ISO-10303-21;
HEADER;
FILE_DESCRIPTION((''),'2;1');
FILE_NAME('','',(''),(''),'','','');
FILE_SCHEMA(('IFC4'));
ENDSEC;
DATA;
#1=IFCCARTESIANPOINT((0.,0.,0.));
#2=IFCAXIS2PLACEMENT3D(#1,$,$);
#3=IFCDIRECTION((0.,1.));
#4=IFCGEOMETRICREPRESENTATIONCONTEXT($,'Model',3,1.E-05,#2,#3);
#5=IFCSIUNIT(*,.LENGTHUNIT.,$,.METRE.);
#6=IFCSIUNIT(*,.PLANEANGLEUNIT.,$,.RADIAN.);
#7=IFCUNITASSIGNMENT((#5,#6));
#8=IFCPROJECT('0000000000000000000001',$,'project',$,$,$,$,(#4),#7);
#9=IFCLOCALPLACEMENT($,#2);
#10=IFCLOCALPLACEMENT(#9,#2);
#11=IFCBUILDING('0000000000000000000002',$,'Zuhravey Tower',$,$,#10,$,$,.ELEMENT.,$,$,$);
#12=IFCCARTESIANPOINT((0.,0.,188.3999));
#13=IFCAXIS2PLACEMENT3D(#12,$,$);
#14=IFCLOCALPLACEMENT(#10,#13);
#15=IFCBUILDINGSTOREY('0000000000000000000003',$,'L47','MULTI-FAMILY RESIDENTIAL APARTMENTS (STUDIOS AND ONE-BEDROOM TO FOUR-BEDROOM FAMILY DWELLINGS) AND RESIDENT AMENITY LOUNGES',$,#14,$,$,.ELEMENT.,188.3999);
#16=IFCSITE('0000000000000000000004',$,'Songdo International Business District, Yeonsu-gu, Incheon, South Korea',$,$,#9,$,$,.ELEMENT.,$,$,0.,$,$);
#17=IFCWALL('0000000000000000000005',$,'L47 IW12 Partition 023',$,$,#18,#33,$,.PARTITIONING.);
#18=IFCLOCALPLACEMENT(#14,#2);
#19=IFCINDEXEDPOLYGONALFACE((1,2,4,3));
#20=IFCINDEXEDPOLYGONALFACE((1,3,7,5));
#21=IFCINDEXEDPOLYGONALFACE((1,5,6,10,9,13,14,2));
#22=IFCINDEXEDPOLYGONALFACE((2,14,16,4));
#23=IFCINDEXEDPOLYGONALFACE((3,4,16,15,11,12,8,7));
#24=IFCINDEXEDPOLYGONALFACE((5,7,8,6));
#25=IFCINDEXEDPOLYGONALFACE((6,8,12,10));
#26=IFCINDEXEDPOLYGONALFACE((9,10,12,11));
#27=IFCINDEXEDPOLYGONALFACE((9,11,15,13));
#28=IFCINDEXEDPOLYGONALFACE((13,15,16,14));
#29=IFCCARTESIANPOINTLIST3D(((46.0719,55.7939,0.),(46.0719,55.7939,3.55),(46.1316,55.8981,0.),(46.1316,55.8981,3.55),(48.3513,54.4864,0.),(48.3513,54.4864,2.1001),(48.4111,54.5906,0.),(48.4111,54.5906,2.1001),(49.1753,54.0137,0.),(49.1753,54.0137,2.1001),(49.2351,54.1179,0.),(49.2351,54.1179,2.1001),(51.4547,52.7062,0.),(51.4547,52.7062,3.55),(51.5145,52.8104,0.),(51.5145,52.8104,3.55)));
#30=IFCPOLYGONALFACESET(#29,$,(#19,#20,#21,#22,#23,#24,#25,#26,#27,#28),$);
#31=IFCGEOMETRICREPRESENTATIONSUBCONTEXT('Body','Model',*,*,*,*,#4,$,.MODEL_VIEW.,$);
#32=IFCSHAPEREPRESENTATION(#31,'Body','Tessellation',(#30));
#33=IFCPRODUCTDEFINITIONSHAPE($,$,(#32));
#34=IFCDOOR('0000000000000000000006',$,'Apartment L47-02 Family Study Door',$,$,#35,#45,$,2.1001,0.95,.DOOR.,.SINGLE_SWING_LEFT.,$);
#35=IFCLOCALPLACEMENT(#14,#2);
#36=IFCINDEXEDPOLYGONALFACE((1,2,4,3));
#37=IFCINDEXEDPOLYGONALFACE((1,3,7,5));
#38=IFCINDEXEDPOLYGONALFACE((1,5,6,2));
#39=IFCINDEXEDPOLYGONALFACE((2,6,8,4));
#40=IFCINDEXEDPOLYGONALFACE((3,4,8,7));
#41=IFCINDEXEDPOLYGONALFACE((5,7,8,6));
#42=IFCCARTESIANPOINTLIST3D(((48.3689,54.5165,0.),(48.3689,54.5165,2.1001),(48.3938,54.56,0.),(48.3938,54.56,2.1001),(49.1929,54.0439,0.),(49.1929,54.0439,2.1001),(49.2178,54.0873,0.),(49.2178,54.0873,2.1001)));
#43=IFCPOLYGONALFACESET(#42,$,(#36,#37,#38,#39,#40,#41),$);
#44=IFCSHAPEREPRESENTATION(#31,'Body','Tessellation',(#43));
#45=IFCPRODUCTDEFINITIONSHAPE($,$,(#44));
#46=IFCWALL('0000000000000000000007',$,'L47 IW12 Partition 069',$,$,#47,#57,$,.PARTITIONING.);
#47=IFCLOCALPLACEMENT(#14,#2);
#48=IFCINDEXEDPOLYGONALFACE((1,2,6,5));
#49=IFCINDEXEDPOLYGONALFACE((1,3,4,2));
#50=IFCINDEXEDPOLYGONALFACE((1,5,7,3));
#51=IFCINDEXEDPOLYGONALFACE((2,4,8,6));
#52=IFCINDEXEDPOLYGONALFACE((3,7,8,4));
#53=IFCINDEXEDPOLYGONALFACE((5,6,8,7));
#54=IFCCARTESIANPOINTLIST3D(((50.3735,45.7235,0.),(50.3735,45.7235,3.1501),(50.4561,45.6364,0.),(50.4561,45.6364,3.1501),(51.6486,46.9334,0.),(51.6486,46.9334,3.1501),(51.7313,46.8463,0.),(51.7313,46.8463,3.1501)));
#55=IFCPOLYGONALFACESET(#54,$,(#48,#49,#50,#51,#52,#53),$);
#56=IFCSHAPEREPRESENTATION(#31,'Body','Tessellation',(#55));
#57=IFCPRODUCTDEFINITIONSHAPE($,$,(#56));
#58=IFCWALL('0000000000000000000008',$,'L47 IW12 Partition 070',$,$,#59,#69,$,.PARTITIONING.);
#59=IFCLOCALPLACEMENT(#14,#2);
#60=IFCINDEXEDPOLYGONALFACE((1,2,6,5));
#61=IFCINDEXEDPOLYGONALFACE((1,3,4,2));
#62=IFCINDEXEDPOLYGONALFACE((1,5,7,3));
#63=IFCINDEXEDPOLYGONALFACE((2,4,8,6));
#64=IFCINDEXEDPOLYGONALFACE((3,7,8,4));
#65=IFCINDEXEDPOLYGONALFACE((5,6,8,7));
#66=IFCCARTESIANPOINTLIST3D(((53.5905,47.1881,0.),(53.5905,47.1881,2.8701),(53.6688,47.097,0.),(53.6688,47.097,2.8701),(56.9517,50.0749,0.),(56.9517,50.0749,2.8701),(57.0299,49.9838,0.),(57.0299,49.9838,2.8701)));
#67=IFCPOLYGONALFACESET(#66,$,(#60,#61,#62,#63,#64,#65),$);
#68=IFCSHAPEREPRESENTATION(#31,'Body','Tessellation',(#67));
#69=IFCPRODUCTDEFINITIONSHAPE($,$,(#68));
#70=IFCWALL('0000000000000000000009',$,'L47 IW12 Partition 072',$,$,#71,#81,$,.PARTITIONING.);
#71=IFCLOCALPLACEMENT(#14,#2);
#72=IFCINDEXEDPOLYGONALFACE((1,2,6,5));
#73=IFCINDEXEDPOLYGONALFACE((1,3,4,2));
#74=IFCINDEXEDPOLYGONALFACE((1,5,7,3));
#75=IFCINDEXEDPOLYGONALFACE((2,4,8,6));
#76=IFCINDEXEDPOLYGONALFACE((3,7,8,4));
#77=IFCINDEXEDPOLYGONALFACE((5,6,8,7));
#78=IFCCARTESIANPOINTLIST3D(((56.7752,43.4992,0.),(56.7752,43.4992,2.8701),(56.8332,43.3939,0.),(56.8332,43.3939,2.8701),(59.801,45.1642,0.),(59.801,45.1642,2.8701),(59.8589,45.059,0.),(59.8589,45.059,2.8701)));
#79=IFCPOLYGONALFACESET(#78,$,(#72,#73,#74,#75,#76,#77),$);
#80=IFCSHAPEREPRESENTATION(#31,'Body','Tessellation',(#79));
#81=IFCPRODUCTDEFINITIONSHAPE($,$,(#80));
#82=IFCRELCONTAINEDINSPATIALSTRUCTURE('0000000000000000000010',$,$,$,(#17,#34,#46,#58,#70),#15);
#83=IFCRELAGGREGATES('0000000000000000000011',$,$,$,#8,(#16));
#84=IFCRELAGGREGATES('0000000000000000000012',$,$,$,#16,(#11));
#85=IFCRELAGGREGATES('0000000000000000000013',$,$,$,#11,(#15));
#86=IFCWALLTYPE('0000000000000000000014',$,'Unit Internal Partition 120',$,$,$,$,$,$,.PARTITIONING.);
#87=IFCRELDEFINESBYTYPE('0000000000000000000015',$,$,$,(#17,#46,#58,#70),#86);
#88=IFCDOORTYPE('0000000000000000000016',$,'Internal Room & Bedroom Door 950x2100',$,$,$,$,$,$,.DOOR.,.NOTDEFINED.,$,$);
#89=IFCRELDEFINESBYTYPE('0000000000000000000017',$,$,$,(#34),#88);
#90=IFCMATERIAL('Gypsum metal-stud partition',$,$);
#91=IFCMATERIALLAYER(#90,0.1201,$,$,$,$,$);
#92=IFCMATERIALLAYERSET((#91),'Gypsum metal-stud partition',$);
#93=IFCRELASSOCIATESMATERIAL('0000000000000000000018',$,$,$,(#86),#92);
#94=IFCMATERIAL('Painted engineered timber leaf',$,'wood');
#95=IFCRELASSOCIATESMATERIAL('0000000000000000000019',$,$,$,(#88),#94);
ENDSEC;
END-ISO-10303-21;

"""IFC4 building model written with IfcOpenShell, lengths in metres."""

from ifc_helpers import new_model, si_unit, direction, frame, frame_2d, origin, place, context, subcontext, project, spatial, rectangle, extrude, material, layer, layer_set, type_object, element, fill, save


model = new_model("IFC4")

# Units and contexts
model_context = context("Model", 3, precision=1e-05, world=origin(), true_north=direction((0.0, 1.0)))
body_context = subcontext(model_context, "Body", "Model", "MODEL_VIEW")
ifc_project = project(units=[si_unit("LENGTHUNIT", "METRE"), si_unit("PLANEANGLEUNIT", "RADIAN")], contexts=[model_context])

# Site, building, storey
site_placement = place(None, origin())
site = spatial("IfcSite", under=ifc_project, at=site_placement, Name="Songdo International Business District, Yeonsu-gu, Incheon, South Korea", CompositionType="ELEMENT", RefElevation=0.0)
building_placement = place(site_placement, origin())
building = spatial("IfcBuilding", under=site, at=building_placement, Name="Zuhravey Tower", CompositionType="ELEMENT")
storey_placement = place(building_placement, frame((0.0, 0.0, 188.3999)))
storey = spatial("IfcBuildingStorey", under=building, at=storey_placement, Name="L47", Description="MULTI-FAMILY RESIDENTIAL APARTMENTS (STUDIOS AND ONE-BEDROOM TO FOUR-BEDROOM FAMILY DWELLINGS) AND RESIDENT AMENITY LOUNGES", CompositionType="ELEMENT", Elevation=188.3999)

# Shared definitions
ifc_material_1 = material(Name="Gypsum metal-stud partition")
ifc_layer_1 = layer(ifc_material_1, 0.1201)
ifc_layer_set_1 = layer_set([ifc_layer_1], Name="Gypsum metal-stud partition")
wall_type_1 = type_object("IfcWallType", Name="Unit Internal Partition 120", PredefinedType="PARTITIONING", material=ifc_layer_set_1)
ifc_material_2 = material(Name="Painted engineered timber leaf", Category="wood")
door_type = type_object("IfcDoorType", Name="Internal Room & Bedroom Door 950x2100", OperationType="NOTDEFINED", PredefinedType="DOOR", material=ifc_material_2)

# Wall, opening, door
wall_1_placement = place(storey_placement, frame((51.4846, 52.7583, 0.0), z_axis=(0.0, 0.0, 1.0), x_axis=(-0.867426, 0.497566, 0.0)))
wall_1 = element("IfcWall", 1, at=wall_1_placement, inside=storey, type_object=wall_type_1, Name="L47 IW12 Partition 023", PredefinedType="PARTITIONING", context=body_context, shape_type="SweptSolid", body=[
    extrude(rectangle(XDim=6.2056, YDim=0.1201, at=frame_2d((3.1028, 0.0))), origin(), (0.0, 0.0, 1.0), 3.55),
])
opening_1_placement = place(wall_1_placement, frame((2.6277, 0.0, 0.0)))
opening_1 = element("IfcOpeningElement", 2, at=opening_1_placement, cuts=wall_1, PredefinedType="OPENING", context=body_context, shape_type="SweptSolid", body=[
    extrude(rectangle(XDim=0.95, YDim=2.1001, at=frame_2d((0.4751, 1.05))), frame((0.0, 0.072, 0.0), z_axis=(0.0, -1.0, 0.0), x_axis=(1.0, 0.0, 0.0)), (0.0, 0.0, 1.0), 0.144),
])
door_1_placement = place(opening_1_placement, frame((0.95, 0.0, 0.0), z_axis=(0.0, 0.0, 1.0), x_axis=(-1.0, 0.0, 0.0)))
door_1 = element("IfcDoor", 3, at=door_1_placement, inside=storey, type_object=door_type, Name="Apartment L47-02 Family Study Door", OperationType="SINGLE_SWING_LEFT", OverallHeight=2.1001, OverallWidth=0.95, PredefinedType="DOOR", context=body_context, shape_type="SweptSolid", body=[
    extrude(rectangle(XDim=0.95, YDim=2.1001, at=frame_2d((0.4751, 1.05))), frame((0.0, 0.0249, 0.0), z_axis=(0.0, -1.0, 0.0), x_axis=(1.0, 0.0, 0.0)), (0.0, 0.0, 1.0), 0.05),
])
fill(opening_1, door_1)

# Walls
wall_2_placement = place(storey_placement, frame((50.4148, 45.6799, 0.0), z_axis=(0.0, 0.0, 1.0), x_axis=(0.725405, 0.688322, 0.0)))
element("IfcWall", 4, at=wall_2_placement, inside=storey, type_object=wall_type_1, Name="L47 IW12 Partition 069", PredefinedType="PARTITIONING", context=body_context, shape_type="SweptSolid", body=[
    extrude(rectangle(XDim=1.7578, YDim=0.1201, at=frame_2d((0.8789, 0.0))), origin(), (0.0, 0.0, 1.0), 3.1501),
])
wall_3_placement = place(storey_placement, frame((53.6296, 47.1426, 0.0), z_axis=(0.0, 0.0, 1.0), x_axis=(0.758611, 0.651544, 0.0)))
element("IfcWall", 5, at=wall_3_placement, inside=storey, type_object=wall_type_1, Name="L47 IW12 Partition 070", PredefinedType="PARTITIONING", context=body_context, shape_type="SweptSolid", body=[
    extrude(rectangle(XDim=4.4307, YDim=0.1201, at=frame_2d((2.2153, 0.0))), origin(), (0.0, 0.0, 1.0), 2.8701),
])
wall_4_placement = place(storey_placement, frame((56.8042, 43.4465, 0.0), z_axis=(0.0, 0.0, 1.0), x_axis=(0.876101, 0.482128, 0.0)))
element("IfcWall", 6, at=wall_4_placement, inside=storey, type_object=wall_type_1, Name="L47 IW12 Partition 072", PredefinedType="PARTITIONING", context=body_context, shape_type="SweptSolid", body=[
    extrude(rectangle(XDim=3.4536, YDim=0.1201, at=frame_2d((1.7268, 0.0))), origin(), (0.0, 0.0, 1.0), 2.8701),
])

save(model, "model.ifc")
